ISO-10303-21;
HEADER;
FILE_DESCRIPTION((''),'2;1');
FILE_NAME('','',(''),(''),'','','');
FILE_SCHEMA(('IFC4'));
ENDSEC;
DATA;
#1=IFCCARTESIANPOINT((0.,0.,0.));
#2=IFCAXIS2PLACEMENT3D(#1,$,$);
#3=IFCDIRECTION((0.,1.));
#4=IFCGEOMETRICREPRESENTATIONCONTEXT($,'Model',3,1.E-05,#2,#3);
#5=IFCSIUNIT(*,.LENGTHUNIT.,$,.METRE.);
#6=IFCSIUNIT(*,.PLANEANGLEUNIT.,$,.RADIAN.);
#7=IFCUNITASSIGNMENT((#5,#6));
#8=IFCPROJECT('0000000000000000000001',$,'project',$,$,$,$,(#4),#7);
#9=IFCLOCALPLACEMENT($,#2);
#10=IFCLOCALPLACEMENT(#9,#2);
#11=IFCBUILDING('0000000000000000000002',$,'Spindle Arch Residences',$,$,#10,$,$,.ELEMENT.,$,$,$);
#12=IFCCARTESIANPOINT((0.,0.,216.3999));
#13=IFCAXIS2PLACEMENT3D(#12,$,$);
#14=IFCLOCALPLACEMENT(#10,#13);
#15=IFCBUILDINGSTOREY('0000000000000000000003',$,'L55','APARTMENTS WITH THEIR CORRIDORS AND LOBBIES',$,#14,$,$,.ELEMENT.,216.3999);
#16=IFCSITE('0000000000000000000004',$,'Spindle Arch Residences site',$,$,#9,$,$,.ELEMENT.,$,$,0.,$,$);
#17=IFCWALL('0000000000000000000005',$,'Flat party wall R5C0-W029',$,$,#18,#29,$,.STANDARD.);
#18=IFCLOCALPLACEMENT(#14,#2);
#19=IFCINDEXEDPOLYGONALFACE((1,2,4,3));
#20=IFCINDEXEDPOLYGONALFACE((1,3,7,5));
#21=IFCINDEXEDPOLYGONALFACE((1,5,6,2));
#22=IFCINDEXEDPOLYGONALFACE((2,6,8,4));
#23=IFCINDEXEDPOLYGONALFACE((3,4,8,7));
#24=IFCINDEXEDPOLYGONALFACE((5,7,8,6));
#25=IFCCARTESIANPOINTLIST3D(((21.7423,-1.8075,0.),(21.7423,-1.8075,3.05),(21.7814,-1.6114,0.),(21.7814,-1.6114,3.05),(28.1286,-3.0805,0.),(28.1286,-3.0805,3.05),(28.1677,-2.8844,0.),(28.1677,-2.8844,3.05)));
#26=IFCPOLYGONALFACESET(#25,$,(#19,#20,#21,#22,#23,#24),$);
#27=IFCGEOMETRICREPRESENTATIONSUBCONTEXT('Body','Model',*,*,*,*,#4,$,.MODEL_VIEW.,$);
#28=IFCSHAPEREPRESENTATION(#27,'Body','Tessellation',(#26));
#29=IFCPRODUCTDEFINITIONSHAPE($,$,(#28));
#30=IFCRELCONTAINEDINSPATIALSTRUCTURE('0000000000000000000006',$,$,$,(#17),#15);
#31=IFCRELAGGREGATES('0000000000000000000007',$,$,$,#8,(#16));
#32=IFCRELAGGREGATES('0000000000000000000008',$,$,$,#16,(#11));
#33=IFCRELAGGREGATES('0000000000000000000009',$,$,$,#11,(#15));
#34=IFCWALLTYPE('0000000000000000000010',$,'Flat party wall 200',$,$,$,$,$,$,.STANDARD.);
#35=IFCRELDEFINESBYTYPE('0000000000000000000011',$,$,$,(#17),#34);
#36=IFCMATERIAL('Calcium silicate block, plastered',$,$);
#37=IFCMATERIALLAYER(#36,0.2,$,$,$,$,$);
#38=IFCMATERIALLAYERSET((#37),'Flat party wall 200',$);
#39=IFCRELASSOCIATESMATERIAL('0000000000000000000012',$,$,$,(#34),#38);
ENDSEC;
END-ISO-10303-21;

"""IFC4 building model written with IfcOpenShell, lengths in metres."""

from ifc_helpers import new_model, si_unit, direction, frame, frame_2d, origin, place, context, subcontext, project, spatial, rectangle, extrude, material, layer, layer_set, type_object, element, save


model = new_model("IFC4")

# Units and contexts
model_context = context("Model", 3, precision=1e-05, world=origin(), true_north=direction((0.0, 1.0)))
body_context = subcontext(model_context, "Body", "Model", "MODEL_VIEW")
ifc_project = project(units=[si_unit("LENGTHUNIT", "METRE"), si_unit("PLANEANGLEUNIT", "RADIAN")], contexts=[model_context])

# Site, building, storey
site_placement = place(None, origin())
site = spatial("IfcSite", under=ifc_project, at=site_placement, Name="Spindle Arch Residences site", CompositionType="ELEMENT", RefElevation=0.0)
building_placement = place(site_placement, origin())
building = spatial("IfcBuilding", under=site, at=building_placement, Name="Spindle Arch Residences", CompositionType="ELEMENT")
storey_placement = place(building_placement, frame((0.0, 0.0, 216.3999)))
storey = spatial("IfcBuildingStorey", under=building, at=storey_placement, Name="L55", Description="APARTMENTS WITH THEIR CORRIDORS AND LOBBIES", CompositionType="ELEMENT", Elevation=216.3999)

# Wall
ifc_material_1 = material(Name="Calcium silicate block, plastered")
ifc_layer_1 = layer(ifc_material_1, 0.2)
ifc_layer_set_1 = layer_set([ifc_layer_1], Name="Flat party wall 200")
wall_type_1 = type_object("IfcWallType", Name="Flat party wall 200", PredefinedType="STANDARD", material=ifc_layer_set_1)
wall_1_placement = place(storey_placement, frame((21.762, -1.7095, 0.0), z_axis=(0.0, 0.0, 1.0), x_axis=(0.980707, -0.195482, 0.0)))
element("IfcWall", 1, at=wall_1_placement, inside=storey, type_object=wall_type_1, Name="Flat party wall R5C0-W029", PredefinedType="STANDARD", context=body_context, shape_type="SweptSolid", body=[
    extrude(rectangle(XDim=6.512, YDim=0.2, at=frame_2d((3.2559, 0.0))), origin(), (0.0, 0.0, 1.0), 3.05),
])

save(model, "model.ifc")
